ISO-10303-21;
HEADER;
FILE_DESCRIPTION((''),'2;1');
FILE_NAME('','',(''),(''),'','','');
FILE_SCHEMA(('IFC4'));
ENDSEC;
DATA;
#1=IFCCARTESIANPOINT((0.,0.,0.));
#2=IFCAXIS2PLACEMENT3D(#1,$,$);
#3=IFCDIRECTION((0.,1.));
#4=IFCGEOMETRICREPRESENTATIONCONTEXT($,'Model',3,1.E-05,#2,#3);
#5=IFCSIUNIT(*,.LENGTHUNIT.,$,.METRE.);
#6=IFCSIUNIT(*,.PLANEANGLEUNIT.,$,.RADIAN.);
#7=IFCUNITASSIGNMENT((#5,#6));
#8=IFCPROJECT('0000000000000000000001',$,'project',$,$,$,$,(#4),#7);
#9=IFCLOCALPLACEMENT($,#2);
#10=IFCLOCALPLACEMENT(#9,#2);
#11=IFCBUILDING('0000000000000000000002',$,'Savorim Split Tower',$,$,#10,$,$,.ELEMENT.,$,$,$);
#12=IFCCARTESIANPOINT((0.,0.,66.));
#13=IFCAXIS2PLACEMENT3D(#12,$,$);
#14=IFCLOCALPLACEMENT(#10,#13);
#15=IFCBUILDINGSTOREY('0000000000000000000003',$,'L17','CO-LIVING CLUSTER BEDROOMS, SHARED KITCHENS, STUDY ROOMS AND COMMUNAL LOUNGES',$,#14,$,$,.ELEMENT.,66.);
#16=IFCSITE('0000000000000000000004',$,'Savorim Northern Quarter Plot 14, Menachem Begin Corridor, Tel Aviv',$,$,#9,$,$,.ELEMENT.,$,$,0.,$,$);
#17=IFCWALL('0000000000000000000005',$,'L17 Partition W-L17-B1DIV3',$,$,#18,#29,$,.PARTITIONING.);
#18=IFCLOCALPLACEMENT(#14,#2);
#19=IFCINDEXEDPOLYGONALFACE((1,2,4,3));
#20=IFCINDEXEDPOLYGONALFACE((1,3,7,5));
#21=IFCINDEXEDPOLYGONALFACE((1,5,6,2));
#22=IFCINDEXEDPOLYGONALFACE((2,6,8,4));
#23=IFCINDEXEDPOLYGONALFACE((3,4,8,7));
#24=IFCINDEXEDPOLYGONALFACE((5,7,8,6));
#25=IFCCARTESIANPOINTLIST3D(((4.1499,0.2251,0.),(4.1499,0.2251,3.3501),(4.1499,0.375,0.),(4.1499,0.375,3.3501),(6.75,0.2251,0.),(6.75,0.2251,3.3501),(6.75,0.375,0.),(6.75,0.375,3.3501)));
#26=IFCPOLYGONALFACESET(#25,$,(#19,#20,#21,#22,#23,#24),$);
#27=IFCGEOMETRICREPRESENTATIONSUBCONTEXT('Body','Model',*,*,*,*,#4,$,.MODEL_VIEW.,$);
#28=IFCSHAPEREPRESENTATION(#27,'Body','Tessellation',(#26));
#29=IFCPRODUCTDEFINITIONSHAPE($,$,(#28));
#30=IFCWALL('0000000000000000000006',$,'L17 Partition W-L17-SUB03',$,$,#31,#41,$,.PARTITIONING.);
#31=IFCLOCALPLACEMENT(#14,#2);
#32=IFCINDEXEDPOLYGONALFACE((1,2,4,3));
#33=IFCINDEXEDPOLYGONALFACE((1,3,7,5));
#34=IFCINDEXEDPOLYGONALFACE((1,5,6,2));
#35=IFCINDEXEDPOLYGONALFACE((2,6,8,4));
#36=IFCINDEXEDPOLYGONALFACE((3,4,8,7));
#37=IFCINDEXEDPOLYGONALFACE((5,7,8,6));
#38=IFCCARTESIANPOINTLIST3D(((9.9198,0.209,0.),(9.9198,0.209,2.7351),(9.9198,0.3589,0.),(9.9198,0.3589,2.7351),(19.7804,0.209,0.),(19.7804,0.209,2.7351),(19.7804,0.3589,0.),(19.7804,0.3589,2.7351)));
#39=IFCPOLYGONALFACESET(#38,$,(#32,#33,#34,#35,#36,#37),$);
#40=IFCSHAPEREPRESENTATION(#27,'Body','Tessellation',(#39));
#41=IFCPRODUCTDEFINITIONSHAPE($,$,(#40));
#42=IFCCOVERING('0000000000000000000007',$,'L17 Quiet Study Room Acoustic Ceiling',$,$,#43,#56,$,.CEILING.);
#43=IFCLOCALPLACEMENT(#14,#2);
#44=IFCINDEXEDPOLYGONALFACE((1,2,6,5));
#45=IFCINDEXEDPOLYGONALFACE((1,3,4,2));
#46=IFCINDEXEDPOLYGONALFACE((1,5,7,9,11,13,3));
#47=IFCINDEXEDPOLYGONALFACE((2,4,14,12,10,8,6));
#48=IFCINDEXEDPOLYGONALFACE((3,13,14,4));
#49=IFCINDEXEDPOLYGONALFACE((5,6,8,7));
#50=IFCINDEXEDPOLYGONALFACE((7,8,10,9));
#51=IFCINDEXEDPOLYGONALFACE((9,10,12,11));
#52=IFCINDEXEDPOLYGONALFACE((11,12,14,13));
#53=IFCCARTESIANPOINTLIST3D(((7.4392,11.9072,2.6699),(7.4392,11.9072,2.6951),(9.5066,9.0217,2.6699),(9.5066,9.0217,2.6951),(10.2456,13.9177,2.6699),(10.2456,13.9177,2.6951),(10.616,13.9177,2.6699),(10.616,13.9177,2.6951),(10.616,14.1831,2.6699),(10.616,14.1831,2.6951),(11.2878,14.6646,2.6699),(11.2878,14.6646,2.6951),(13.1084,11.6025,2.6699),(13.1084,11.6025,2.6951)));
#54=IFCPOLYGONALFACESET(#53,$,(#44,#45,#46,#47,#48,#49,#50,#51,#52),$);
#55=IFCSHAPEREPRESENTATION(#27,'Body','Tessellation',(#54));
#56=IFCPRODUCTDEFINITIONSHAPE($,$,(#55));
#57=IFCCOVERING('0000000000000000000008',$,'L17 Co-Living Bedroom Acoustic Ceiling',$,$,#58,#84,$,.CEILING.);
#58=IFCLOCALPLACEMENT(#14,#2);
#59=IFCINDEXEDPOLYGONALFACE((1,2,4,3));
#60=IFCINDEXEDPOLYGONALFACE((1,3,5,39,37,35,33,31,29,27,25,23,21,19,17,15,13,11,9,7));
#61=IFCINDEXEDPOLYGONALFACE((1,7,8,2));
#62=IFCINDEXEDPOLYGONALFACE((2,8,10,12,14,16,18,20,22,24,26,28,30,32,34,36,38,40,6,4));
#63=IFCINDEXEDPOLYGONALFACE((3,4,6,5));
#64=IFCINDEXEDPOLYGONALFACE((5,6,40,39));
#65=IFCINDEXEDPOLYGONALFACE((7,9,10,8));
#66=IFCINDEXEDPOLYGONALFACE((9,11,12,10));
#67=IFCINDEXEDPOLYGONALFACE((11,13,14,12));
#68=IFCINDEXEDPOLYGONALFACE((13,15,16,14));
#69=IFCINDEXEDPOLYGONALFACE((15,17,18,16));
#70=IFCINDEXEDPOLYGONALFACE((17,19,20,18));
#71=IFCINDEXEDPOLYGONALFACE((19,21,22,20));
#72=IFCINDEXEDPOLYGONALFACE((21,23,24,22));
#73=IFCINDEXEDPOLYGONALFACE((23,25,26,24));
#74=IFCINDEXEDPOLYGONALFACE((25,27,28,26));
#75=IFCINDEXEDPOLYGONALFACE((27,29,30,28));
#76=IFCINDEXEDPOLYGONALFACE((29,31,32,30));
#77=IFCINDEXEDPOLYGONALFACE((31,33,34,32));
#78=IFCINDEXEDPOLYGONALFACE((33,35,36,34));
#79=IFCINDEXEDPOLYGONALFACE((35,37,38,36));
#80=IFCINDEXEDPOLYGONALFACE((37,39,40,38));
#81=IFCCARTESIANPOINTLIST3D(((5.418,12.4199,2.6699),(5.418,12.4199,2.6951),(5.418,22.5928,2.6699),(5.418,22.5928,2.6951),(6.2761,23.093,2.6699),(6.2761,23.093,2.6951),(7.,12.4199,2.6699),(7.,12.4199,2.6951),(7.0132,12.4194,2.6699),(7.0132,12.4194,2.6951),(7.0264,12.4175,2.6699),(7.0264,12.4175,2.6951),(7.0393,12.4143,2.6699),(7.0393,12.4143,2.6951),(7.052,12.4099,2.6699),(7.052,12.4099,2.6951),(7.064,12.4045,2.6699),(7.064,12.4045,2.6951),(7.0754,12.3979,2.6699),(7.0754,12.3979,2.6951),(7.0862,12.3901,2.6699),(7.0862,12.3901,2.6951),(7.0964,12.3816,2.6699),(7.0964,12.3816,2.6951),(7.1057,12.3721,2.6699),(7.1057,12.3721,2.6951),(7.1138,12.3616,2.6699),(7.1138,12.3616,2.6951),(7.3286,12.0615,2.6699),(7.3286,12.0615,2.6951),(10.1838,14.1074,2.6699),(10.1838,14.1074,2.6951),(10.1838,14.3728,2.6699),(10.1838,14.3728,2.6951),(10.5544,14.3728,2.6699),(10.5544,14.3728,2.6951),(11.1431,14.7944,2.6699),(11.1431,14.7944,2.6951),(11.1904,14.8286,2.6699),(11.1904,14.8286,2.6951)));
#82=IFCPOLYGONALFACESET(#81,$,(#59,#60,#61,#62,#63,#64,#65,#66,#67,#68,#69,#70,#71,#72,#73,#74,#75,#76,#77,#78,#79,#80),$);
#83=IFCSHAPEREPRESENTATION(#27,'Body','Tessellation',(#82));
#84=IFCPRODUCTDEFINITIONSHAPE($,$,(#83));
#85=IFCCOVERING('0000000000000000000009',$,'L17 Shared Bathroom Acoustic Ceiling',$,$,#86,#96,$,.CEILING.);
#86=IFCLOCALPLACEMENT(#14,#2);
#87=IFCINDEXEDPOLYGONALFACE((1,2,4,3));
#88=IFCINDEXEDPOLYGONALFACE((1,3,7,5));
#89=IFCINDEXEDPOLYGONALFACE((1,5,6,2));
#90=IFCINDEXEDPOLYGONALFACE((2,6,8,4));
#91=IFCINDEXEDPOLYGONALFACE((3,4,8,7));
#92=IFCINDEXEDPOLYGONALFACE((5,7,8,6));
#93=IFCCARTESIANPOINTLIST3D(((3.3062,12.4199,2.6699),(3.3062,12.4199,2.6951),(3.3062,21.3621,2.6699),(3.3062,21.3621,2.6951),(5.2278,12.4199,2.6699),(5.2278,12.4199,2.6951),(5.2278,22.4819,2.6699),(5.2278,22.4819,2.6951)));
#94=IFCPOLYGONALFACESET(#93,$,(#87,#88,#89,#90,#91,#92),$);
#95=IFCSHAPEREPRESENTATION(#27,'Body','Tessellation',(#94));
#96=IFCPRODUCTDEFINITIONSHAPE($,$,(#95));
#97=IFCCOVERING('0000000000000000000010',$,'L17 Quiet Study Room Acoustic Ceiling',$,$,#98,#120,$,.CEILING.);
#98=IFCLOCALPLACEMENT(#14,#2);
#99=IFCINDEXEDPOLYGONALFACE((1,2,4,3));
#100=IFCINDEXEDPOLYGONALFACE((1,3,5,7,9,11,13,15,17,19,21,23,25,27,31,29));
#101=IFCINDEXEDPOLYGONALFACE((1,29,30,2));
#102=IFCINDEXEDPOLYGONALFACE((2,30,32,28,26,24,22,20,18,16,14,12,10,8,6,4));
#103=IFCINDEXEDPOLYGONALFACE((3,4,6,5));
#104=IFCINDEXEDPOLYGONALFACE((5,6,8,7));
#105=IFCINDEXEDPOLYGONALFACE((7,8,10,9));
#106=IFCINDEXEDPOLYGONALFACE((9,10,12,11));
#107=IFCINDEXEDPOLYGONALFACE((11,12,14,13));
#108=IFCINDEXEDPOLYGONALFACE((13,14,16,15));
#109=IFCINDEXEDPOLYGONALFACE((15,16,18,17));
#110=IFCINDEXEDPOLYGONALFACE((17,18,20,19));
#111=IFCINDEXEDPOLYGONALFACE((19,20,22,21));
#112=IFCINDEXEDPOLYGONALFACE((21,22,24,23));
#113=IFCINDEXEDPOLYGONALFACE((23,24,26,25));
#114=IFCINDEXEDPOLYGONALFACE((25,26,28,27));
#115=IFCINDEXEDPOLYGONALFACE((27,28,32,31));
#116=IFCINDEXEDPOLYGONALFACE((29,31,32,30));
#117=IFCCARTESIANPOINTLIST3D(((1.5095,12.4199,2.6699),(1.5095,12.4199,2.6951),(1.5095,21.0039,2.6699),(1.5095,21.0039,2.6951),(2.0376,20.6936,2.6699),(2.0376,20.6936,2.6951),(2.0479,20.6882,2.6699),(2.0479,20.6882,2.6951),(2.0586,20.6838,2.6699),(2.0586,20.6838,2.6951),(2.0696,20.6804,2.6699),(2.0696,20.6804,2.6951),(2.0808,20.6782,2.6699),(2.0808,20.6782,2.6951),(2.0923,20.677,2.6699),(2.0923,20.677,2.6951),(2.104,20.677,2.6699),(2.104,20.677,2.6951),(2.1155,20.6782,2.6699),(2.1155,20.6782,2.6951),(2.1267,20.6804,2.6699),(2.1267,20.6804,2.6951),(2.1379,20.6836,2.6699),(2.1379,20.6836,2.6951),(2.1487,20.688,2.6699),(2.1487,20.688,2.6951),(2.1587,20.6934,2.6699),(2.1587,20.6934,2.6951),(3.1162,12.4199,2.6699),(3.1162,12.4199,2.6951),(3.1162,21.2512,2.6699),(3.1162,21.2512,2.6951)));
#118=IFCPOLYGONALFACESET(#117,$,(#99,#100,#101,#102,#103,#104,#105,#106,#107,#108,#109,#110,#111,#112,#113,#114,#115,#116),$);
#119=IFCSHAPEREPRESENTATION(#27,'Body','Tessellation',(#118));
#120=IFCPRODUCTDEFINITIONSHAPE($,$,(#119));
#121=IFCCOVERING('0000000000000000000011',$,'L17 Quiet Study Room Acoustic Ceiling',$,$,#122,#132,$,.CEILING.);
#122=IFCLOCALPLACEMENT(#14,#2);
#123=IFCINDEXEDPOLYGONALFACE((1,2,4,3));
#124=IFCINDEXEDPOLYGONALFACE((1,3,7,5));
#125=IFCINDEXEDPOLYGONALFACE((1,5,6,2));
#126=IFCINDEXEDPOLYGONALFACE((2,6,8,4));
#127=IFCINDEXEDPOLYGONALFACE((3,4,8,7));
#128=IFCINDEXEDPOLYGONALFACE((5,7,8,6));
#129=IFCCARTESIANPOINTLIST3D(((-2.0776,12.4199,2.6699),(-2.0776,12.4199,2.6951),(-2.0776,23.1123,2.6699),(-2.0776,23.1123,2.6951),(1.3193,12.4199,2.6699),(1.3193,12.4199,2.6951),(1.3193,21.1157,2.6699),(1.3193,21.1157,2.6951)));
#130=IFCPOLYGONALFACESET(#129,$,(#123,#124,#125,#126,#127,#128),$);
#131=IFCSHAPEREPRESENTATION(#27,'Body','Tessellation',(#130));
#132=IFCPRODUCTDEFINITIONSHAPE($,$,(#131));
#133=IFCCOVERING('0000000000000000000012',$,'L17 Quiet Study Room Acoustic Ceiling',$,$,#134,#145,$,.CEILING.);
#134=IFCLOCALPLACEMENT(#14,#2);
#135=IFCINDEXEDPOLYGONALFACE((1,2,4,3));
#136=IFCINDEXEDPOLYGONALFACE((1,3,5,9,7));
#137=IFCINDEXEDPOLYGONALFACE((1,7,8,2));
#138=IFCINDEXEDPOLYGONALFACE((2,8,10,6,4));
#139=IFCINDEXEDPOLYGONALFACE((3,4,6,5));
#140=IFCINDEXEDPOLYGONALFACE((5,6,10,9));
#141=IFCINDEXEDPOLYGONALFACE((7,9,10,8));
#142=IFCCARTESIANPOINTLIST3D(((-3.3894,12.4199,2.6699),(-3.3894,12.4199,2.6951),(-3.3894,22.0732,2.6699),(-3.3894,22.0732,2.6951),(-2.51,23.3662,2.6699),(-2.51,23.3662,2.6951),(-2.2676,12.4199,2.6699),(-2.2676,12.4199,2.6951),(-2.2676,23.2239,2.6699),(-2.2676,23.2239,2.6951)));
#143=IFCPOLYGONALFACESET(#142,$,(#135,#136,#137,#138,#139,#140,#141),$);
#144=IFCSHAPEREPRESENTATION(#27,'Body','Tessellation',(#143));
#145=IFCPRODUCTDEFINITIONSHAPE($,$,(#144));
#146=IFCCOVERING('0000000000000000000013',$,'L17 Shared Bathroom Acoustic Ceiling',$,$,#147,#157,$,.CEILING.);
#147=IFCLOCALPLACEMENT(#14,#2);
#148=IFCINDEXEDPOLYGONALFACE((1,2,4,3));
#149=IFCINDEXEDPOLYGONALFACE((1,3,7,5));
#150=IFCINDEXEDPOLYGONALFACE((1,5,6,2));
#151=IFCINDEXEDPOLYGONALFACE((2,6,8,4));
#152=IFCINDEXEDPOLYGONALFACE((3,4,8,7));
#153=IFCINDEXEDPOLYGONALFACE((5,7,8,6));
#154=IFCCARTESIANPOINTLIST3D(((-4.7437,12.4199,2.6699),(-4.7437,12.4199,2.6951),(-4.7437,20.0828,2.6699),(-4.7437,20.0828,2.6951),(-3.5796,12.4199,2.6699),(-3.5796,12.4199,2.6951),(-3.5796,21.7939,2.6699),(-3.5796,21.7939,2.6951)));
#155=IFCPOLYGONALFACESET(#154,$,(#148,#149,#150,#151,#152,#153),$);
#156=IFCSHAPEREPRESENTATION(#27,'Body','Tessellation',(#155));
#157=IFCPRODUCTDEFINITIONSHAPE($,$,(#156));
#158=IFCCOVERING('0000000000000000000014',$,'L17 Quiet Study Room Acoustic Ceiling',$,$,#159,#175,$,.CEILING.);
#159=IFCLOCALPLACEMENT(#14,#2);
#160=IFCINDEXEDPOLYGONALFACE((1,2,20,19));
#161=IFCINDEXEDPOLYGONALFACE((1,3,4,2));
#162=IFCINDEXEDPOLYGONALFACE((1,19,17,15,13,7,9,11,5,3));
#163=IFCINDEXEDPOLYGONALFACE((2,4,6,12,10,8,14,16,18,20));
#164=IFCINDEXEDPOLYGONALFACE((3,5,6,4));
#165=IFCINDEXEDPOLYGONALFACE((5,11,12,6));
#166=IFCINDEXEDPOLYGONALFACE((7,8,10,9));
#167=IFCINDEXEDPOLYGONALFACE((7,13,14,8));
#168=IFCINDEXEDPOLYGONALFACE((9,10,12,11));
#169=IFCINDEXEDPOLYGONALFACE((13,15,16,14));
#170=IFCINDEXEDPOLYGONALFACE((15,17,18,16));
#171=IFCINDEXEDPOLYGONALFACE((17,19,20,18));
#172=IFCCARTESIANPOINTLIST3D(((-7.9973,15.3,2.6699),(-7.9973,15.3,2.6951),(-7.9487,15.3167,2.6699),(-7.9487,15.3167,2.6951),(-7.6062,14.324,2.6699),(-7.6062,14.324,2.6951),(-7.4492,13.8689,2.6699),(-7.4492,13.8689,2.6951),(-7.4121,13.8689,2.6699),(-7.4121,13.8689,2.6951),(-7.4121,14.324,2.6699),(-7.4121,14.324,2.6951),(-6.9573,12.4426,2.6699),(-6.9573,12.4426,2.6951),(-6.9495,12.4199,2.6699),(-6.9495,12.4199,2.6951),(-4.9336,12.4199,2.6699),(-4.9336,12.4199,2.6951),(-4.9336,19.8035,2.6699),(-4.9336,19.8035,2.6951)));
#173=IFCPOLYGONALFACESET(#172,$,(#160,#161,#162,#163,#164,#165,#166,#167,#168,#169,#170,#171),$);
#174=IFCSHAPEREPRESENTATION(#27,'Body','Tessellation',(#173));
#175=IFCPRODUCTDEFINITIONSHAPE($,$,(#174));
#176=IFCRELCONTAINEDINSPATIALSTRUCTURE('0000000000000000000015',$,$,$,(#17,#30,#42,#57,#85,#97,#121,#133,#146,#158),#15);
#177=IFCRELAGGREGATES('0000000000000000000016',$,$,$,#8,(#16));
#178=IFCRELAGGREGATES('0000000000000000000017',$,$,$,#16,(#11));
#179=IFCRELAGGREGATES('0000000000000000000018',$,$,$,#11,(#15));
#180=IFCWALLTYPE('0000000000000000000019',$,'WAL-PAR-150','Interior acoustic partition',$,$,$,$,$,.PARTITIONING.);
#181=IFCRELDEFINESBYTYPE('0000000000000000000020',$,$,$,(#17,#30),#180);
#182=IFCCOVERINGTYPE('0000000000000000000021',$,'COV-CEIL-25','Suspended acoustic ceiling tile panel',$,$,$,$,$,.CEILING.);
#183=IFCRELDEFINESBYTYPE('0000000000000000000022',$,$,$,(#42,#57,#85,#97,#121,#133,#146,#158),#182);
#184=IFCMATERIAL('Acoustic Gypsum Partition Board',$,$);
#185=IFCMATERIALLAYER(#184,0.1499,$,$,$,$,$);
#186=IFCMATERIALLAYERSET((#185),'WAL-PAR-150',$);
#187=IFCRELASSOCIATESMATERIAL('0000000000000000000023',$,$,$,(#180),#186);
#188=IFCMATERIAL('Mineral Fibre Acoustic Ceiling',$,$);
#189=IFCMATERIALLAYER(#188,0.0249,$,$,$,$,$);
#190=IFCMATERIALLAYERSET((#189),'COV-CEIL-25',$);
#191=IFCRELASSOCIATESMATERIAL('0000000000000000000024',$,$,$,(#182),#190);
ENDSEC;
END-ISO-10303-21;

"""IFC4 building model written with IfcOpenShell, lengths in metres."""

from ifc_helpers import new_model, si_unit, direction, frame, frame_2d, origin, place, context, subcontext, project, spatial, polyline, rectangle, outline, extrude, material, layer, layer_set, type_object, element, save


model = new_model("IFC4")

# Units and contexts
model_context = context("Model", 3, precision=1e-05, world=origin(), true_north=direction((0.0, 1.0)))
body_context = subcontext(model_context, "Body", "Model", "MODEL_VIEW")
ifc_project = project(units=[si_unit("LENGTHUNIT", "METRE"), si_unit("PLANEANGLEUNIT", "RADIAN")], contexts=[model_context])

# Site, building, storey
site_placement = place(None, origin())
site = spatial("IfcSite", under=ifc_project, at=site_placement, Name="Savorim Northern Quarter Plot 14, Menachem Begin Corridor, Tel Aviv", CompositionType="ELEMENT", RefElevation=0.0)
building_placement = place(site_placement, origin())
building = spatial("IfcBuilding", under=site, at=building_placement, Name="Savorim Split Tower", CompositionType="ELEMENT")
storey_placement = place(building_placement, frame((0.0, 0.0, 66.0)))
storey = spatial("IfcBuildingStorey", under=building, at=storey_placement, Name="L17", Description="CO-LIVING CLUSTER BEDROOMS, SHARED KITCHENS, STUDY ROOMS AND COMMUNAL LOUNGES", CompositionType="ELEMENT", Elevation=66.0)

# Walls
ifc_material_1 = material(Name="Acoustic Gypsum Partition Board")
ifc_layer_1 = layer(ifc_material_1, 0.1499)
ifc_layer_set_1 = layer_set([ifc_layer_1], Name="WAL-PAR-150")
wall_type = type_object("IfcWallType", Name="WAL-PAR-150", Description="Interior acoustic partition", PredefinedType="PARTITIONING", material=ifc_layer_set_1)
wall_1_placement = place(storey_placement, frame((4.1499, 0.3, 0.0), z_axis=(0.0, 0.0, 1.0), x_axis=(1.0, 0.0, 0.0)))
element("IfcWall", 1, at=wall_1_placement, inside=storey, type_object=wall_type, Name="L17 Partition W-L17-B1DIV3", PredefinedType="PARTITIONING", context=body_context, shape_type="SweptSolid", body=[
    extrude(rectangle(XDim=2.6001, YDim=0.1499, at=frame_2d((1.3, 0.0))), origin(), (0.0, 0.0, 1.0), 3.3501),
])
wall_2_placement = place(storey_placement, frame((9.9199, 0.2839, 0.0), z_axis=(0.0, 0.0, 1.0), x_axis=(1.0, 0.0, 0.0)))
element("IfcWall", 2, at=wall_2_placement, inside=storey, type_object=wall_type, Name="L17 Partition W-L17-SUB03", PredefinedType="PARTITIONING", context=body_context, shape_type="SweptSolid", body=[
    extrude(rectangle(XDim=9.8606, YDim=0.1499, at=frame_2d((4.9302, 0.0))), origin(), (0.0, 0.0, 1.0), 2.7351),
])

# Coverings
ifc_material_2 = material(Name="Mineral Fibre Acoustic Ceiling")
ifc_layer_2 = layer(ifc_material_2, 0.0249)
ifc_layer_set_2 = layer_set([ifc_layer_2], Name="COV-CEIL-25")
covering_type_1 = type_object("IfcCoveringType", Name="COV-CEIL-25", Description="Suspended acoustic ceiling tile panel", PredefinedType="CEILING", material=ifc_layer_set_2)
covering_1_placement = place(storey_placement, frame((0.0, 0.0, 2.6699)))
element("IfcCovering", 3, at=covering_1_placement, inside=storey, type_object=covering_type_1, Name="L17 Quiet Study Room Acoustic Ceiling", PredefinedType="CEILING", context=body_context, shape_type="SweptSolid", body=[
    extrude(outline(polyline([(10.616, 13.9177), (10.2456, 13.9177), (7.4392, 11.9072), (9.5066, 9.0217), (13.1084, 11.6025), (11.2878, 14.6646), (10.616, 14.1831), (10.616, 13.9177)])), origin(), (0.0, 0.0, 1.0), 0.0251),
])
covering_2_placement = place(storey_placement, frame((0.0, 0.0, 2.6699)))
element("IfcCovering", 4, at=covering_2_placement, inside=storey, type_object=covering_type_1, Name="L17 Co-Living Bedroom Acoustic Ceiling", PredefinedType="CEILING", context=body_context, shape_type="SweptSolid", body=[
    extrude(outline(polyline([(11.1431, 14.7944), (11.1904, 14.8286), (6.2761, 23.093), (5.418, 22.5928), (5.418, 12.4199), (7.0, 12.4199), (7.0132, 12.4194), (7.0264, 12.4175), (7.0393, 12.4143), (7.052, 12.4099), (7.064, 12.4045), (7.0754, 12.3979), (7.0862, 12.3901), (7.0964, 12.3816), (7.1057, 12.3721), (7.1138, 12.3616), (7.3286, 12.0615), (10.1838, 14.1074), (10.1838, 14.3728), (10.5544, 14.3728), (11.1431, 14.7944)])), origin(), (0.0, 0.0, 1.0), 0.0251),
])
covering_3_placement = place(storey_placement, frame((0.0, 0.0, 2.6699)))
element("IfcCovering", 5, at=covering_3_placement, inside=storey, type_object=covering_type_1, Name="L17 Shared Bathroom Acoustic Ceiling", PredefinedType="CEILING", context=body_context, shape_type="SweptSolid", body=[
    extrude(outline(polyline([(3.3062, 12.4199), (5.2278, 12.4199), (5.2278, 22.4819), (3.3062, 21.3621), (3.3062, 12.4199)])), origin(), (0.0, 0.0, 1.0), 0.0251),
])
covering_4_placement = place(storey_placement, frame((0.0, 0.0, 2.6699)))
element("IfcCovering", 6, at=covering_4_placement, inside=storey, type_object=covering_type_1, Name="L17 Quiet Study Room Acoustic Ceiling", PredefinedType="CEILING", context=body_context, shape_type="SweptSolid", body=[
    extrude(outline(polyline([(2.0586, 20.6838), (2.0479, 20.6882), (2.0376, 20.6936), (1.5095, 21.0039), (1.5095, 12.4199), (3.1162, 12.4199), (3.1162, 21.2512), (2.1587, 20.6934), (2.1487, 20.688), (2.1379, 20.6836), (2.1267, 20.6804), (2.1155, 20.6782), (2.104, 20.677), (2.0923, 20.677), (2.0808, 20.6782), (2.0696, 20.6804), (2.0586, 20.6838)])), origin(), (0.0, 0.0, 1.0), 0.0251),
])
covering_5_placement = place(storey_placement, frame((0.0, 0.0, 2.6699)))
element("IfcCovering", 7, at=covering_5_placement, inside=storey, type_object=covering_type_1, Name="L17 Quiet Study Room Acoustic Ceiling", PredefinedType="CEILING", context=body_context, shape_type="SweptSolid", body=[
    extrude(outline(polyline([(-2.0776, 12.4199), (1.3193, 12.4199), (1.3193, 21.1157), (-2.0776, 23.1123), (-2.0776, 12.4199)])), origin(), (0.0, 0.0, 1.0), 0.0251),
])
covering_6_placement = place(storey_placement, frame((0.0, 0.0, 2.6699)))
element("IfcCovering", 8, at=covering_6_placement, inside=storey, type_object=covering_type_1, Name="L17 Quiet Study Room Acoustic Ceiling", PredefinedType="CEILING", context=body_context, shape_type="SweptSolid", body=[
    extrude(outline(polyline([(-3.3894, 12.4199), (-2.2676, 12.4199), (-2.2676, 23.2239), (-2.51, 23.3662), (-3.3894, 22.0732), (-3.3894, 12.4199)])), origin(), (0.0, 0.0, 1.0), 0.0251),
])
covering_7_placement = place(storey_placement, frame((0.0, 0.0, 2.6699)))
element("IfcCovering", 9, at=covering_7_placement, inside=storey, type_object=covering_type_1, Name="L17 Shared Bathroom Acoustic Ceiling", PredefinedType="CEILING", context=body_context, shape_type="SweptSolid", body=[
    extrude(outline(polyline([(-3.5796, 21.7939), (-4.7437, 20.0828), (-4.7437, 12.4199), (-3.5796, 12.4199), (-3.5796, 21.7939)])), origin(), (0.0, 0.0, 1.0), 0.0251),
])
covering_8_placement = place(storey_placement, frame((0.0, 0.0, 2.6699)))
element("IfcCovering", 10, at=covering_8_placement, inside=storey, type_object=covering_type_1, Name="L17 Quiet Study Room Acoustic Ceiling", PredefinedType="CEILING", context=body_context, shape_type="SweptSolid", body=[
    extrude(outline(polyline([(-7.4492, 13.8689), (-6.9573, 12.4426), (-6.9495, 12.4199), (-4.9336, 12.4199), (-4.9336, 19.8035), (-7.9973, 15.3), (-7.9487, 15.3167), (-7.6062, 14.324), (-7.4121, 14.324), (-7.4121, 13.8689), (-7.4492, 13.8689)])), origin(), (0.0, 0.0, 1.0), 0.0251),
])

save(model, "model.ifc")
